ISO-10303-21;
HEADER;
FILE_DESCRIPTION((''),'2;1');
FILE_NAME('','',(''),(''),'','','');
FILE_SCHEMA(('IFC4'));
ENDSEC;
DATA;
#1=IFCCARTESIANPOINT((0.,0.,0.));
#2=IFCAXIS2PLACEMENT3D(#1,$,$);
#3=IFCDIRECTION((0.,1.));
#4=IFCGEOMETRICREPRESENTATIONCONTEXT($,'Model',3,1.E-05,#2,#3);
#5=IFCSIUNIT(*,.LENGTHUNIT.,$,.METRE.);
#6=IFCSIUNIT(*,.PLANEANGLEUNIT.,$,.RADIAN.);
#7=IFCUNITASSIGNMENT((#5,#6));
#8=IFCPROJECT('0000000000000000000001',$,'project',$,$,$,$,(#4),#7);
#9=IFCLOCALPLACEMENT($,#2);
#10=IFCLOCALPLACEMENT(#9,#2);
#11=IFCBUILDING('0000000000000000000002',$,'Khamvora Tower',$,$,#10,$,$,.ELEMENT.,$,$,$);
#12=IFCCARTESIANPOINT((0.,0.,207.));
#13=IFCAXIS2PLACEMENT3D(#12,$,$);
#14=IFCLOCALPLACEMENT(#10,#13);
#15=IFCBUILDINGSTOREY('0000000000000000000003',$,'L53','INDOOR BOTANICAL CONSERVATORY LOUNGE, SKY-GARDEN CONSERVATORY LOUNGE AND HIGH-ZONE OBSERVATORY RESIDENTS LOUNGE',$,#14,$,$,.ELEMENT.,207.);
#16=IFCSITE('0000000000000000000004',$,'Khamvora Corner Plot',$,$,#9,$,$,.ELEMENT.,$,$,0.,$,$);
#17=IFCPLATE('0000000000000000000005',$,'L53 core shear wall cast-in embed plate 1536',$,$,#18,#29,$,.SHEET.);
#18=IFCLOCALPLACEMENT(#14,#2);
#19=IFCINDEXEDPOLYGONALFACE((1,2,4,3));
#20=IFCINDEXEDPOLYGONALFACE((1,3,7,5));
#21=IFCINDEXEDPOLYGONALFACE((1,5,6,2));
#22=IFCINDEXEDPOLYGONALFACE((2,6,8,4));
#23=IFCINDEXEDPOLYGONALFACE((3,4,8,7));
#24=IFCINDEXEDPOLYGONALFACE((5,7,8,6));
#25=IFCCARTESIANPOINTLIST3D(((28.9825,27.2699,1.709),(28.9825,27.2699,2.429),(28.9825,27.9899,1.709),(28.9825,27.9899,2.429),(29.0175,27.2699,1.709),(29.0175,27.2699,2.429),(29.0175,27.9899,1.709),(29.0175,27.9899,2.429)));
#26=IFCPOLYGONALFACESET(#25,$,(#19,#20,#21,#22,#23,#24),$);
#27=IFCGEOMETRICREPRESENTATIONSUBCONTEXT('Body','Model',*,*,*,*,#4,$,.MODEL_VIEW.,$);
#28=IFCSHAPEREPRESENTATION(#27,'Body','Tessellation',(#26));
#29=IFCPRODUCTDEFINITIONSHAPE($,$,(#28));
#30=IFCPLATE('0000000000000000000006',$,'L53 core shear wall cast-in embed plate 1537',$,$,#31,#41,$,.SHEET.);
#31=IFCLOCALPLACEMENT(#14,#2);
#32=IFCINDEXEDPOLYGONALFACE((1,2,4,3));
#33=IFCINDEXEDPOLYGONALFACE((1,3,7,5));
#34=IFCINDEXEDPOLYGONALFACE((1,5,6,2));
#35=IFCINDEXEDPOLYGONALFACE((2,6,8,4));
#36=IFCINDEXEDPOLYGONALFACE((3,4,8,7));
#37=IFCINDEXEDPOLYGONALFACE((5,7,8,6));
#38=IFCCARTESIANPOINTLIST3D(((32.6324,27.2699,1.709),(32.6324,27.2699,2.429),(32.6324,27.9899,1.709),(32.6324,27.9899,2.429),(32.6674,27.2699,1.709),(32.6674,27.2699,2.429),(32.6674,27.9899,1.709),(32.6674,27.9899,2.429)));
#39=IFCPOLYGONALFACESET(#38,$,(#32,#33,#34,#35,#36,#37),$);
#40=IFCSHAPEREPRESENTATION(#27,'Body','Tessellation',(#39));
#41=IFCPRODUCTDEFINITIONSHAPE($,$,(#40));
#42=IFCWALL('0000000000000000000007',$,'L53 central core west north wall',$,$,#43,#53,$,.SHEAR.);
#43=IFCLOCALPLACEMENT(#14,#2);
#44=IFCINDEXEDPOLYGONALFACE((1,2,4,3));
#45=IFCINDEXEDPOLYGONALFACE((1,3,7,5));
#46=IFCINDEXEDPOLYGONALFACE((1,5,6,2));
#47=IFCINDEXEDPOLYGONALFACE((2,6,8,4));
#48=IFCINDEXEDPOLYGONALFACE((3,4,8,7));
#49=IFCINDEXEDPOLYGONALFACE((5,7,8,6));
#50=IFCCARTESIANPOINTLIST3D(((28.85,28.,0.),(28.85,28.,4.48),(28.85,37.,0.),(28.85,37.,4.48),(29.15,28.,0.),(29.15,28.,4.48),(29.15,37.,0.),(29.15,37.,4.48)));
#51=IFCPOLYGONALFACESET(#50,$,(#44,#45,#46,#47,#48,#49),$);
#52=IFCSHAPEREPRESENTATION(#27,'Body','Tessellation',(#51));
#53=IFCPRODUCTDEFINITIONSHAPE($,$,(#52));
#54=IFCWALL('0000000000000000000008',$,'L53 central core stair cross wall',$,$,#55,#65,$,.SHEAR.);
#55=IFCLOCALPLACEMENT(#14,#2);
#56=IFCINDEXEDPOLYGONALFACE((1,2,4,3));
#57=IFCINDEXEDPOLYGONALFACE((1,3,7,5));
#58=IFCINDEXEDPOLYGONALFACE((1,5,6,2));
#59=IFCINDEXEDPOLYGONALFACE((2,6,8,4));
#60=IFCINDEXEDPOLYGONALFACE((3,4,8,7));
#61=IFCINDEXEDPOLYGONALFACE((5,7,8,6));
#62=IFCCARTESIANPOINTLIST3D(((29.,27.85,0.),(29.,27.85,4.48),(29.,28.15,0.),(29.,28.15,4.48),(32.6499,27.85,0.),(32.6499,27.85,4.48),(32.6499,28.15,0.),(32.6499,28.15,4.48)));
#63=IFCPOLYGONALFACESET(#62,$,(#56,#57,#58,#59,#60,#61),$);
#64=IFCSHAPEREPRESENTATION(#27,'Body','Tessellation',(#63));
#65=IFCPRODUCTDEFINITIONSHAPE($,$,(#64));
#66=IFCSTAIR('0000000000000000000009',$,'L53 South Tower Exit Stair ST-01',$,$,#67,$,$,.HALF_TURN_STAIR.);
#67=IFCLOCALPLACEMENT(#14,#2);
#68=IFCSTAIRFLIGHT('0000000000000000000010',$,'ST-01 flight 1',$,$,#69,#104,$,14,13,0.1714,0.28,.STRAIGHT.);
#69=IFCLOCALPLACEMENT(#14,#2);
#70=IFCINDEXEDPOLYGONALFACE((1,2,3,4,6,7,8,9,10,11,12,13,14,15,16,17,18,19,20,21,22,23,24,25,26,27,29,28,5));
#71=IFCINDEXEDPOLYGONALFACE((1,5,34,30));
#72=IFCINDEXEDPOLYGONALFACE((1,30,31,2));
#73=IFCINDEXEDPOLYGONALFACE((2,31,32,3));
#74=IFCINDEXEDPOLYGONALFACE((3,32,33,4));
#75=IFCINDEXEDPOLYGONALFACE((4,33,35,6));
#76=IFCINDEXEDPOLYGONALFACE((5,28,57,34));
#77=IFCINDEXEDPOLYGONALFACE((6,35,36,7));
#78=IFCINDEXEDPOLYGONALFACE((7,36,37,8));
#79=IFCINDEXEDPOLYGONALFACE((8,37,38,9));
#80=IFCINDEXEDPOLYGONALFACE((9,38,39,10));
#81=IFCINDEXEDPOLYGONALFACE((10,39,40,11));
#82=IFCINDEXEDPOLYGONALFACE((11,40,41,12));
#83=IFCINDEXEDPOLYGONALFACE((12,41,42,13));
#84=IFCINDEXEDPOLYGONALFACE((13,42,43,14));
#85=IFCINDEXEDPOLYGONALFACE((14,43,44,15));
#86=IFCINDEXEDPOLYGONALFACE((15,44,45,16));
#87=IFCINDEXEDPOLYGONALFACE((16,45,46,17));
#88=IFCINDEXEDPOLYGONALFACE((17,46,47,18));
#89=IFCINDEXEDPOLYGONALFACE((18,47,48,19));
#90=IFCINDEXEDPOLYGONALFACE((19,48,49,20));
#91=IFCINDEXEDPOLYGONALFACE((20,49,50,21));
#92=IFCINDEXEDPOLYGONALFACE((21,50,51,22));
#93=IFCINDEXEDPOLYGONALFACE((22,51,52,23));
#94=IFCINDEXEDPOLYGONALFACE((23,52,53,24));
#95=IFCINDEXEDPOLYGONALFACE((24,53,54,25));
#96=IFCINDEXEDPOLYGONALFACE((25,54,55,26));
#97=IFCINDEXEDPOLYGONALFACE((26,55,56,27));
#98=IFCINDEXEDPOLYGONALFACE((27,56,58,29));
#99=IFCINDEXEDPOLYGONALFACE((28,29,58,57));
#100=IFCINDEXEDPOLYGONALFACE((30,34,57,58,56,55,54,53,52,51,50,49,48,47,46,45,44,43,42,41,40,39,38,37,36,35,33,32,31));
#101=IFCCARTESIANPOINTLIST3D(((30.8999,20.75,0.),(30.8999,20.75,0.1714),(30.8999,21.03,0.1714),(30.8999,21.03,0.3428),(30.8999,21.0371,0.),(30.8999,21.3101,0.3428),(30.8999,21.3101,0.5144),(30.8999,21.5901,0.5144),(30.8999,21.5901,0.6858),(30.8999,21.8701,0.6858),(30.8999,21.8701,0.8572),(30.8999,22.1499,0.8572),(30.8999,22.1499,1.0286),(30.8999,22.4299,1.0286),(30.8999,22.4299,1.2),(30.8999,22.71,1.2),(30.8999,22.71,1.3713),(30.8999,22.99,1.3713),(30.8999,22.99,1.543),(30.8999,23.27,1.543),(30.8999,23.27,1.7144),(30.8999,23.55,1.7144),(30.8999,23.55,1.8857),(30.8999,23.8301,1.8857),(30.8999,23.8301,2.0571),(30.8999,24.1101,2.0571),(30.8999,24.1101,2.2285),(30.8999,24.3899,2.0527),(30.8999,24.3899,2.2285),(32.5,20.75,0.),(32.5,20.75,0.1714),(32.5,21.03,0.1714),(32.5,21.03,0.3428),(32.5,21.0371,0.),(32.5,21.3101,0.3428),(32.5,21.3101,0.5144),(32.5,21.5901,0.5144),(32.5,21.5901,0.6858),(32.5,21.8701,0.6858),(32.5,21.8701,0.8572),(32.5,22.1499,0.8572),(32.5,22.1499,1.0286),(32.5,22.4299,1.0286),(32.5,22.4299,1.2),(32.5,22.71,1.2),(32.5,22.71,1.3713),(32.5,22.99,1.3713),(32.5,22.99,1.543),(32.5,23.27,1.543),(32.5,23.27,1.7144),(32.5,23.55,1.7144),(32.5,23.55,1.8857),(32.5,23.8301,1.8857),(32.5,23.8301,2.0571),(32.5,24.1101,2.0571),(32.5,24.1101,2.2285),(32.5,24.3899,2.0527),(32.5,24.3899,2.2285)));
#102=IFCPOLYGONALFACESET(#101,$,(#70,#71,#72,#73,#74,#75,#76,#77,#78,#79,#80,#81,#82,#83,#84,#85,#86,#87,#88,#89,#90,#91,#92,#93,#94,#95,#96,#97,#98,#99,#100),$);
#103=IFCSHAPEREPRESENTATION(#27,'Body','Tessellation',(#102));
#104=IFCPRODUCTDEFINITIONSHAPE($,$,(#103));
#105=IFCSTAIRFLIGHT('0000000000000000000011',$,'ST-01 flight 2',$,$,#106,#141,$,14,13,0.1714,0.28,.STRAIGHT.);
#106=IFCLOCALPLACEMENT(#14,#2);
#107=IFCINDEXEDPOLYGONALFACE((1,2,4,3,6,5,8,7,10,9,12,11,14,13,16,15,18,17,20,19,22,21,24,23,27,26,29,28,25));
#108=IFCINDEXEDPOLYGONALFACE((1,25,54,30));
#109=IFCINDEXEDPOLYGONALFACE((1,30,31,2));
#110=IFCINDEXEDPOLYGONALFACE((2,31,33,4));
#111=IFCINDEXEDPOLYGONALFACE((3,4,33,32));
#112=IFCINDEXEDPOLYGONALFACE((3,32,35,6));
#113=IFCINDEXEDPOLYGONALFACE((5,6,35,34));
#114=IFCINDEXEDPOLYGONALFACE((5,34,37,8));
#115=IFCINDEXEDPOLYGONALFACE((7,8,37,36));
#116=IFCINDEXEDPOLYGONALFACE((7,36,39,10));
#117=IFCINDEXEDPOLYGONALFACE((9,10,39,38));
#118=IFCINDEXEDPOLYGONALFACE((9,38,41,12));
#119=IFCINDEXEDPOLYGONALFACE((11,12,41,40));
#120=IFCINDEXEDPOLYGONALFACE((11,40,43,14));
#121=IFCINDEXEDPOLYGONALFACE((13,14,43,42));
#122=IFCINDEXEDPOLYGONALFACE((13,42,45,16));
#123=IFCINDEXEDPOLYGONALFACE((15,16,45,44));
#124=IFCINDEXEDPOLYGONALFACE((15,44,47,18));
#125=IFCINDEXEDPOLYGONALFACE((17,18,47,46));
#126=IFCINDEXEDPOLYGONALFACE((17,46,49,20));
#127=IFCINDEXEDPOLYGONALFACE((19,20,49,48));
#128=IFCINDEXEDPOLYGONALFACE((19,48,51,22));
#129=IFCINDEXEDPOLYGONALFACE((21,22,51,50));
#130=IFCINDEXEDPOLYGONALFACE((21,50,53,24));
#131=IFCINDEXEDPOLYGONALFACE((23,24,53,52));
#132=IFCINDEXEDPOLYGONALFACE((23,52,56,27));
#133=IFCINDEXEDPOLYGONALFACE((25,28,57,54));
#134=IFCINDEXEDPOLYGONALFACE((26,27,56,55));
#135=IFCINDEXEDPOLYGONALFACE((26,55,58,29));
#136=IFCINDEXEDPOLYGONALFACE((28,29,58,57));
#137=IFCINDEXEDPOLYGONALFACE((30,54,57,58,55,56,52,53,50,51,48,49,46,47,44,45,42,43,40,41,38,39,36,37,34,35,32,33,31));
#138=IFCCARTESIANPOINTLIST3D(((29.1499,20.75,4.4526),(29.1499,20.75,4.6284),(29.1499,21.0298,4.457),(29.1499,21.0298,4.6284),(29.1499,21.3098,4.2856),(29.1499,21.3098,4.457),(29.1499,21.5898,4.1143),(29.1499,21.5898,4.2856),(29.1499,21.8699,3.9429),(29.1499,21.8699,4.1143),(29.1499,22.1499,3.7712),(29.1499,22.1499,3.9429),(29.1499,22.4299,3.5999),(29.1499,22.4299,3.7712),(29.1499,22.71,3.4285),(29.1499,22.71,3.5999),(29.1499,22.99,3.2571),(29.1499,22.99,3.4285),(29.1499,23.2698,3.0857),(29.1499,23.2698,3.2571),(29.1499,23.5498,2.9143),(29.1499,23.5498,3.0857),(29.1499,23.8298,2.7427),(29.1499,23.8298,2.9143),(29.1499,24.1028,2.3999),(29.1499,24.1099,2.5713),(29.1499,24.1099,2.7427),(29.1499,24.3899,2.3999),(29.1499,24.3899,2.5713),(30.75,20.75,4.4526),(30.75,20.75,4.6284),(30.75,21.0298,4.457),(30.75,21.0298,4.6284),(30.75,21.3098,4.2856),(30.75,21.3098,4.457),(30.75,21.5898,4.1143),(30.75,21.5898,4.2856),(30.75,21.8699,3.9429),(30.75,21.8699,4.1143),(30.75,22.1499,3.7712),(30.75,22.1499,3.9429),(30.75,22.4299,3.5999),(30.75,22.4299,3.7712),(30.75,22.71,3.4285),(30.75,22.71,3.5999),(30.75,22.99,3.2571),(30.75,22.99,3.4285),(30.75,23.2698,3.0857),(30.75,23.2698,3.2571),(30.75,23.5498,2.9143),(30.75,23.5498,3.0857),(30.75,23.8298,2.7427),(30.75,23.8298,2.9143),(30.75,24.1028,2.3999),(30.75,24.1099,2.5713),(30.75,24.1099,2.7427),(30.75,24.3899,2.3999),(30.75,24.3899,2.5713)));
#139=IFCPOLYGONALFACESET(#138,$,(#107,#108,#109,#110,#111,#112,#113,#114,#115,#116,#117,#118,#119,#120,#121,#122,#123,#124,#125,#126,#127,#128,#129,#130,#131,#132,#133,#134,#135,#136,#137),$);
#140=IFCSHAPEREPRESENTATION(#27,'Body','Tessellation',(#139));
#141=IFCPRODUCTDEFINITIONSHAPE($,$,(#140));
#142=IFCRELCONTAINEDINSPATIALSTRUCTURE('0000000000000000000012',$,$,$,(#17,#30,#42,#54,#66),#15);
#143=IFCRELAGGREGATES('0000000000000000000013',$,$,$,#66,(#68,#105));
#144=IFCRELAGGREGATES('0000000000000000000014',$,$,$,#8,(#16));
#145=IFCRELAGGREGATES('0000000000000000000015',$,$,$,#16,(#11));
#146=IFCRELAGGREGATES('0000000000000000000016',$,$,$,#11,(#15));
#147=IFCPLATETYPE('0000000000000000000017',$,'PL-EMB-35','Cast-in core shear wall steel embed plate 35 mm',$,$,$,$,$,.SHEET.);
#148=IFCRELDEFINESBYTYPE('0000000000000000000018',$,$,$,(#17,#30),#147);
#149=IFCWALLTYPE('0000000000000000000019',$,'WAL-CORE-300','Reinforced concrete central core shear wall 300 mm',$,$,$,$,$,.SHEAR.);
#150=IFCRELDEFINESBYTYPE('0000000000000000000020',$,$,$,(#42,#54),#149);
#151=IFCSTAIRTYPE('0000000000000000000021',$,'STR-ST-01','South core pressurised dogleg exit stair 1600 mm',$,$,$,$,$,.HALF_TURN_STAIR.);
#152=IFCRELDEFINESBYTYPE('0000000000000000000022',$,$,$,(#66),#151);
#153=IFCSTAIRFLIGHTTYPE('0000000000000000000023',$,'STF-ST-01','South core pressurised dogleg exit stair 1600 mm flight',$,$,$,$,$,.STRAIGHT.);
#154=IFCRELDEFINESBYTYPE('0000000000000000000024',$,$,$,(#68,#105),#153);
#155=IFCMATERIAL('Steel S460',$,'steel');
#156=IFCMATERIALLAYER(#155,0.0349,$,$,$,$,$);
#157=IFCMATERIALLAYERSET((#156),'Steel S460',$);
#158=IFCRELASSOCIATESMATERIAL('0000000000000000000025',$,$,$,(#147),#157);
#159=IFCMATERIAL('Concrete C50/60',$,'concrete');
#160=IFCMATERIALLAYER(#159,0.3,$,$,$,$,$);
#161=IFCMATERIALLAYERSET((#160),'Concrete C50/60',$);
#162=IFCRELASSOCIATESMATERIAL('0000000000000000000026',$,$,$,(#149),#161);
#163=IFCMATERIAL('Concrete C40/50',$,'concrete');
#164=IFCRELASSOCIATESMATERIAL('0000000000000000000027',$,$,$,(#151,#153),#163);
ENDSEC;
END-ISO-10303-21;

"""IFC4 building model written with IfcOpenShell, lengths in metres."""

from ifc_helpers import new_model, si_unit, direction, frame, frame_2d, origin, origin_2d, place, context, subcontext, project, spatial, polyline, rectangle, outline, extrude, material, layer, layer_set, type_object, element, aggregate, save


model = new_model("IFC4")

# Units and contexts
model_context = context("Model", 3, precision=1e-05, world=origin(), true_north=direction((0.0, 1.0)))
body_context = subcontext(model_context, "Body", "Model", "MODEL_VIEW")
ifc_project = project(units=[si_unit("LENGTHUNIT", "METRE"), si_unit("PLANEANGLEUNIT", "RADIAN")], contexts=[model_context])

# Site, building, storey
site_placement = place(None, origin())
site = spatial("IfcSite", under=ifc_project, at=site_placement, Name="Khamvora Corner Plot", CompositionType="ELEMENT", RefElevation=0.0)
building_placement = place(site_placement, origin())
building = spatial("IfcBuilding", under=site, at=building_placement, Name="Khamvora Tower", CompositionType="ELEMENT")
storey_placement = place(building_placement, frame((0.0, 0.0, 207.0)))
storey = spatial("IfcBuildingStorey", under=building, at=storey_placement, Name="L53", Description="INDOOR BOTANICAL CONSERVATORY LOUNGE, SKY-GARDEN CONSERVATORY LOUNGE AND HIGH-ZONE OBSERVATORY RESIDENTS LOUNGE", CompositionType="ELEMENT", Elevation=207.0)

# Shared definitions
ifc_material_1 = material(Name="Steel S460", Category="steel")

# Plates
ifc_layer_1 = layer(ifc_material_1, 0.0349)
ifc_layer_set_1 = layer_set([ifc_layer_1], Name="Steel S460")
plate_type = type_object("IfcPlateType", Name="PL-EMB-35", Description="Cast-in core shear wall steel embed plate 35 mm", PredefinedType="SHEET", material=ifc_layer_set_1)
for number, where, z_axis, x_axis, name in (
    (1, (29.0, 27.6299, 1.709), (0.0, 0.0, 1.0), (1.0, 0.0, 0.0), "L53 core shear wall cast-in embed plate 1536"),
    (2, (32.6499, 27.6299, 1.709), (0.0, 0.0, 1.0), (1.0, 0.0, 0.0), "L53 core shear wall cast-in embed plate 1537"),
):
    element("IfcPlate", number, at=place(storey_placement, frame(where, z_axis=z_axis, x_axis=x_axis)), inside=storey, type_object=plate_type, Name=name, PredefinedType="SHEET", context=body_context, shape_type="SweptSolid", body=[
        extrude(rectangle(XDim=0.0349, YDim=0.72, at=origin_2d()), origin(), (0.0, 0.0, 1.0), 0.72),
    ])

# Walls
ifc_material_2 = material(Name="Concrete C50/60", Category="concrete")
ifc_layer_2 = layer(ifc_material_2, 0.3)
ifc_layer_set_2 = layer_set([ifc_layer_2], Name="Concrete C50/60")
wall_type = type_object("IfcWallType", Name="WAL-CORE-300", Description="Reinforced concrete central core shear wall 300 mm", PredefinedType="SHEAR", material=ifc_layer_set_2)
wall_1_placement = place(storey_placement, frame((29.0, 28.0, 0.0), z_axis=(0.0, 0.0, 1.0), x_axis=(0.0, 1.0, 0.0)))
element("IfcWall", 3, at=wall_1_placement, inside=storey, type_object=wall_type, Name="L53 central core west north wall", PredefinedType="SHEAR", context=body_context, shape_type="SweptSolid", body=[
    extrude(rectangle(XDim=9.0, YDim=0.3, at=frame_2d((4.5, 0.0))), origin(), (0.0, 0.0, 1.0), 4.48),
])
wall_2_placement = place(storey_placement, frame((29.0, 28.0, 0.0), z_axis=(0.0, 0.0, 1.0), x_axis=(1.0, 0.0, 0.0)))
element("IfcWall", 4, at=wall_2_placement, inside=storey, type_object=wall_type, Name="L53 central core stair cross wall", PredefinedType="SHEAR", context=body_context, shape_type="SweptSolid", body=[
    extrude(rectangle(XDim=3.6499, YDim=0.3, at=frame_2d((1.825, 0.0))), origin(), (0.0, 0.0, 1.0), 4.48),
])

# Stair, stair flights
ifc_material_3 = material(Name="Concrete C40/50", Category="concrete")
stair_type = type_object("IfcStairType", Name="STR-ST-01", Description="South core pressurised dogleg exit stair 1600 mm", PredefinedType="HALF_TURN_STAIR", material=ifc_material_3)
stair_placement = place(storey_placement, origin())
stair = element("IfcStair", 5, at=stair_placement, inside=storey, type_object=stair_type, Name="L53 South Tower Exit Stair ST-01", PredefinedType="HALF_TURN_STAIR")
stair_flight_type = type_object("IfcStairFlightType", Name="STF-ST-01", Description="South core pressurised dogleg exit stair 1600 mm flight", PredefinedType="STRAIGHT", material=ifc_material_3)
stair_flight_1_placement = place(storey_placement, frame((31.7, 20.75, 0.0), z_axis=(0.0, 0.0, 1.0), x_axis=(0.0, 1.0, 0.0)))
stair_flight_1 = element("IfcStairFlight", 6, at=stair_flight_1_placement, type_object=stair_flight_type, Name="ST-01 flight 1", NumberOfRisers=14, NumberOfTreads=13, PredefinedType="STRAIGHT", RiserHeight=0.1714, TreadLength=0.28, context=body_context, shape_type="SweptSolid", body=[
    extrude(outline(polyline([(0.0, 0.0), (0.0, 0.1714), (0.28, 0.1714), (0.28, 0.3428), (0.5601, 0.3428), (0.5601, 0.5144), (0.8401, 0.5144), (0.8401, 0.6858), (1.1201, 0.6858), (1.1201, 0.8572), (1.3999, 0.8572), (1.3999, 1.0286), (1.6799, 1.0286), (1.6799, 1.2), (1.96, 1.2), (1.96, 1.3713), (2.24, 1.3713), (2.24, 1.543), (2.52, 1.543), (2.52, 1.7144), (2.8, 1.7144), (2.8, 1.8857), (3.0801, 1.8857), (3.0801, 2.0571), (3.3601, 2.0571), (3.3601, 2.2285), (3.6399, 2.2285), (3.6399, 2.3999), (3.6399, 2.0527), (0.2871, 0.0), (0.0, 0.0)])), frame((0.0, 0.8, 0.0), z_axis=(0.0, -1.0, 0.0), x_axis=(1.0, 0.0, 0.0)), (0.0, 0.0, 1.0), 1.6001),
])
stair_flight_2_placement = place(storey_placement, frame((29.95, 24.3899, 2.3999), z_axis=(0.0, 0.0, 1.0), x_axis=(0.0, -1.0, 0.0)))
stair_flight_2 = element("IfcStairFlight", 7, at=stair_flight_2_placement, type_object=stair_flight_type, Name="ST-01 flight 2", NumberOfRisers=14, NumberOfTreads=13, PredefinedType="STRAIGHT", RiserHeight=0.1714, TreadLength=0.28, context=body_context, shape_type="SweptSolid", body=[
    extrude(outline(polyline([(0.0, 0.0), (0.0, 0.1714), (0.28, 0.1714), (0.28, 0.3428), (0.5601, 0.3428), (0.5601, 0.5144), (0.8401, 0.5144), (0.8401, 0.6858), (1.1201, 0.6858), (1.1201, 0.8572), (1.3999, 0.8572), (1.3999, 1.0286), (1.6799, 1.0286), (1.6799, 1.2), (1.96, 1.2), (1.96, 1.3713), (2.24, 1.3713), (2.24, 1.543), (2.52, 1.543), (2.52, 1.7144), (2.8, 1.7144), (2.8, 1.8857), (3.0801, 1.8857), (3.0801, 2.0571), (3.3601, 2.0571), (3.3601, 2.2285), (3.6399, 2.2285), (3.6399, 2.3999), (3.6399, 2.0527), (0.2871, 0.0), (0.0, 0.0)])), frame((0.0, 0.8, 0.0), z_axis=(0.0, -1.0, 0.0), x_axis=(1.0, 0.0, 0.0)), (0.0, 0.0, 1.0), 1.6001),
])
aggregate(stair, [stair_flight_1, stair_flight_2])

save(model, "model.ifc")
